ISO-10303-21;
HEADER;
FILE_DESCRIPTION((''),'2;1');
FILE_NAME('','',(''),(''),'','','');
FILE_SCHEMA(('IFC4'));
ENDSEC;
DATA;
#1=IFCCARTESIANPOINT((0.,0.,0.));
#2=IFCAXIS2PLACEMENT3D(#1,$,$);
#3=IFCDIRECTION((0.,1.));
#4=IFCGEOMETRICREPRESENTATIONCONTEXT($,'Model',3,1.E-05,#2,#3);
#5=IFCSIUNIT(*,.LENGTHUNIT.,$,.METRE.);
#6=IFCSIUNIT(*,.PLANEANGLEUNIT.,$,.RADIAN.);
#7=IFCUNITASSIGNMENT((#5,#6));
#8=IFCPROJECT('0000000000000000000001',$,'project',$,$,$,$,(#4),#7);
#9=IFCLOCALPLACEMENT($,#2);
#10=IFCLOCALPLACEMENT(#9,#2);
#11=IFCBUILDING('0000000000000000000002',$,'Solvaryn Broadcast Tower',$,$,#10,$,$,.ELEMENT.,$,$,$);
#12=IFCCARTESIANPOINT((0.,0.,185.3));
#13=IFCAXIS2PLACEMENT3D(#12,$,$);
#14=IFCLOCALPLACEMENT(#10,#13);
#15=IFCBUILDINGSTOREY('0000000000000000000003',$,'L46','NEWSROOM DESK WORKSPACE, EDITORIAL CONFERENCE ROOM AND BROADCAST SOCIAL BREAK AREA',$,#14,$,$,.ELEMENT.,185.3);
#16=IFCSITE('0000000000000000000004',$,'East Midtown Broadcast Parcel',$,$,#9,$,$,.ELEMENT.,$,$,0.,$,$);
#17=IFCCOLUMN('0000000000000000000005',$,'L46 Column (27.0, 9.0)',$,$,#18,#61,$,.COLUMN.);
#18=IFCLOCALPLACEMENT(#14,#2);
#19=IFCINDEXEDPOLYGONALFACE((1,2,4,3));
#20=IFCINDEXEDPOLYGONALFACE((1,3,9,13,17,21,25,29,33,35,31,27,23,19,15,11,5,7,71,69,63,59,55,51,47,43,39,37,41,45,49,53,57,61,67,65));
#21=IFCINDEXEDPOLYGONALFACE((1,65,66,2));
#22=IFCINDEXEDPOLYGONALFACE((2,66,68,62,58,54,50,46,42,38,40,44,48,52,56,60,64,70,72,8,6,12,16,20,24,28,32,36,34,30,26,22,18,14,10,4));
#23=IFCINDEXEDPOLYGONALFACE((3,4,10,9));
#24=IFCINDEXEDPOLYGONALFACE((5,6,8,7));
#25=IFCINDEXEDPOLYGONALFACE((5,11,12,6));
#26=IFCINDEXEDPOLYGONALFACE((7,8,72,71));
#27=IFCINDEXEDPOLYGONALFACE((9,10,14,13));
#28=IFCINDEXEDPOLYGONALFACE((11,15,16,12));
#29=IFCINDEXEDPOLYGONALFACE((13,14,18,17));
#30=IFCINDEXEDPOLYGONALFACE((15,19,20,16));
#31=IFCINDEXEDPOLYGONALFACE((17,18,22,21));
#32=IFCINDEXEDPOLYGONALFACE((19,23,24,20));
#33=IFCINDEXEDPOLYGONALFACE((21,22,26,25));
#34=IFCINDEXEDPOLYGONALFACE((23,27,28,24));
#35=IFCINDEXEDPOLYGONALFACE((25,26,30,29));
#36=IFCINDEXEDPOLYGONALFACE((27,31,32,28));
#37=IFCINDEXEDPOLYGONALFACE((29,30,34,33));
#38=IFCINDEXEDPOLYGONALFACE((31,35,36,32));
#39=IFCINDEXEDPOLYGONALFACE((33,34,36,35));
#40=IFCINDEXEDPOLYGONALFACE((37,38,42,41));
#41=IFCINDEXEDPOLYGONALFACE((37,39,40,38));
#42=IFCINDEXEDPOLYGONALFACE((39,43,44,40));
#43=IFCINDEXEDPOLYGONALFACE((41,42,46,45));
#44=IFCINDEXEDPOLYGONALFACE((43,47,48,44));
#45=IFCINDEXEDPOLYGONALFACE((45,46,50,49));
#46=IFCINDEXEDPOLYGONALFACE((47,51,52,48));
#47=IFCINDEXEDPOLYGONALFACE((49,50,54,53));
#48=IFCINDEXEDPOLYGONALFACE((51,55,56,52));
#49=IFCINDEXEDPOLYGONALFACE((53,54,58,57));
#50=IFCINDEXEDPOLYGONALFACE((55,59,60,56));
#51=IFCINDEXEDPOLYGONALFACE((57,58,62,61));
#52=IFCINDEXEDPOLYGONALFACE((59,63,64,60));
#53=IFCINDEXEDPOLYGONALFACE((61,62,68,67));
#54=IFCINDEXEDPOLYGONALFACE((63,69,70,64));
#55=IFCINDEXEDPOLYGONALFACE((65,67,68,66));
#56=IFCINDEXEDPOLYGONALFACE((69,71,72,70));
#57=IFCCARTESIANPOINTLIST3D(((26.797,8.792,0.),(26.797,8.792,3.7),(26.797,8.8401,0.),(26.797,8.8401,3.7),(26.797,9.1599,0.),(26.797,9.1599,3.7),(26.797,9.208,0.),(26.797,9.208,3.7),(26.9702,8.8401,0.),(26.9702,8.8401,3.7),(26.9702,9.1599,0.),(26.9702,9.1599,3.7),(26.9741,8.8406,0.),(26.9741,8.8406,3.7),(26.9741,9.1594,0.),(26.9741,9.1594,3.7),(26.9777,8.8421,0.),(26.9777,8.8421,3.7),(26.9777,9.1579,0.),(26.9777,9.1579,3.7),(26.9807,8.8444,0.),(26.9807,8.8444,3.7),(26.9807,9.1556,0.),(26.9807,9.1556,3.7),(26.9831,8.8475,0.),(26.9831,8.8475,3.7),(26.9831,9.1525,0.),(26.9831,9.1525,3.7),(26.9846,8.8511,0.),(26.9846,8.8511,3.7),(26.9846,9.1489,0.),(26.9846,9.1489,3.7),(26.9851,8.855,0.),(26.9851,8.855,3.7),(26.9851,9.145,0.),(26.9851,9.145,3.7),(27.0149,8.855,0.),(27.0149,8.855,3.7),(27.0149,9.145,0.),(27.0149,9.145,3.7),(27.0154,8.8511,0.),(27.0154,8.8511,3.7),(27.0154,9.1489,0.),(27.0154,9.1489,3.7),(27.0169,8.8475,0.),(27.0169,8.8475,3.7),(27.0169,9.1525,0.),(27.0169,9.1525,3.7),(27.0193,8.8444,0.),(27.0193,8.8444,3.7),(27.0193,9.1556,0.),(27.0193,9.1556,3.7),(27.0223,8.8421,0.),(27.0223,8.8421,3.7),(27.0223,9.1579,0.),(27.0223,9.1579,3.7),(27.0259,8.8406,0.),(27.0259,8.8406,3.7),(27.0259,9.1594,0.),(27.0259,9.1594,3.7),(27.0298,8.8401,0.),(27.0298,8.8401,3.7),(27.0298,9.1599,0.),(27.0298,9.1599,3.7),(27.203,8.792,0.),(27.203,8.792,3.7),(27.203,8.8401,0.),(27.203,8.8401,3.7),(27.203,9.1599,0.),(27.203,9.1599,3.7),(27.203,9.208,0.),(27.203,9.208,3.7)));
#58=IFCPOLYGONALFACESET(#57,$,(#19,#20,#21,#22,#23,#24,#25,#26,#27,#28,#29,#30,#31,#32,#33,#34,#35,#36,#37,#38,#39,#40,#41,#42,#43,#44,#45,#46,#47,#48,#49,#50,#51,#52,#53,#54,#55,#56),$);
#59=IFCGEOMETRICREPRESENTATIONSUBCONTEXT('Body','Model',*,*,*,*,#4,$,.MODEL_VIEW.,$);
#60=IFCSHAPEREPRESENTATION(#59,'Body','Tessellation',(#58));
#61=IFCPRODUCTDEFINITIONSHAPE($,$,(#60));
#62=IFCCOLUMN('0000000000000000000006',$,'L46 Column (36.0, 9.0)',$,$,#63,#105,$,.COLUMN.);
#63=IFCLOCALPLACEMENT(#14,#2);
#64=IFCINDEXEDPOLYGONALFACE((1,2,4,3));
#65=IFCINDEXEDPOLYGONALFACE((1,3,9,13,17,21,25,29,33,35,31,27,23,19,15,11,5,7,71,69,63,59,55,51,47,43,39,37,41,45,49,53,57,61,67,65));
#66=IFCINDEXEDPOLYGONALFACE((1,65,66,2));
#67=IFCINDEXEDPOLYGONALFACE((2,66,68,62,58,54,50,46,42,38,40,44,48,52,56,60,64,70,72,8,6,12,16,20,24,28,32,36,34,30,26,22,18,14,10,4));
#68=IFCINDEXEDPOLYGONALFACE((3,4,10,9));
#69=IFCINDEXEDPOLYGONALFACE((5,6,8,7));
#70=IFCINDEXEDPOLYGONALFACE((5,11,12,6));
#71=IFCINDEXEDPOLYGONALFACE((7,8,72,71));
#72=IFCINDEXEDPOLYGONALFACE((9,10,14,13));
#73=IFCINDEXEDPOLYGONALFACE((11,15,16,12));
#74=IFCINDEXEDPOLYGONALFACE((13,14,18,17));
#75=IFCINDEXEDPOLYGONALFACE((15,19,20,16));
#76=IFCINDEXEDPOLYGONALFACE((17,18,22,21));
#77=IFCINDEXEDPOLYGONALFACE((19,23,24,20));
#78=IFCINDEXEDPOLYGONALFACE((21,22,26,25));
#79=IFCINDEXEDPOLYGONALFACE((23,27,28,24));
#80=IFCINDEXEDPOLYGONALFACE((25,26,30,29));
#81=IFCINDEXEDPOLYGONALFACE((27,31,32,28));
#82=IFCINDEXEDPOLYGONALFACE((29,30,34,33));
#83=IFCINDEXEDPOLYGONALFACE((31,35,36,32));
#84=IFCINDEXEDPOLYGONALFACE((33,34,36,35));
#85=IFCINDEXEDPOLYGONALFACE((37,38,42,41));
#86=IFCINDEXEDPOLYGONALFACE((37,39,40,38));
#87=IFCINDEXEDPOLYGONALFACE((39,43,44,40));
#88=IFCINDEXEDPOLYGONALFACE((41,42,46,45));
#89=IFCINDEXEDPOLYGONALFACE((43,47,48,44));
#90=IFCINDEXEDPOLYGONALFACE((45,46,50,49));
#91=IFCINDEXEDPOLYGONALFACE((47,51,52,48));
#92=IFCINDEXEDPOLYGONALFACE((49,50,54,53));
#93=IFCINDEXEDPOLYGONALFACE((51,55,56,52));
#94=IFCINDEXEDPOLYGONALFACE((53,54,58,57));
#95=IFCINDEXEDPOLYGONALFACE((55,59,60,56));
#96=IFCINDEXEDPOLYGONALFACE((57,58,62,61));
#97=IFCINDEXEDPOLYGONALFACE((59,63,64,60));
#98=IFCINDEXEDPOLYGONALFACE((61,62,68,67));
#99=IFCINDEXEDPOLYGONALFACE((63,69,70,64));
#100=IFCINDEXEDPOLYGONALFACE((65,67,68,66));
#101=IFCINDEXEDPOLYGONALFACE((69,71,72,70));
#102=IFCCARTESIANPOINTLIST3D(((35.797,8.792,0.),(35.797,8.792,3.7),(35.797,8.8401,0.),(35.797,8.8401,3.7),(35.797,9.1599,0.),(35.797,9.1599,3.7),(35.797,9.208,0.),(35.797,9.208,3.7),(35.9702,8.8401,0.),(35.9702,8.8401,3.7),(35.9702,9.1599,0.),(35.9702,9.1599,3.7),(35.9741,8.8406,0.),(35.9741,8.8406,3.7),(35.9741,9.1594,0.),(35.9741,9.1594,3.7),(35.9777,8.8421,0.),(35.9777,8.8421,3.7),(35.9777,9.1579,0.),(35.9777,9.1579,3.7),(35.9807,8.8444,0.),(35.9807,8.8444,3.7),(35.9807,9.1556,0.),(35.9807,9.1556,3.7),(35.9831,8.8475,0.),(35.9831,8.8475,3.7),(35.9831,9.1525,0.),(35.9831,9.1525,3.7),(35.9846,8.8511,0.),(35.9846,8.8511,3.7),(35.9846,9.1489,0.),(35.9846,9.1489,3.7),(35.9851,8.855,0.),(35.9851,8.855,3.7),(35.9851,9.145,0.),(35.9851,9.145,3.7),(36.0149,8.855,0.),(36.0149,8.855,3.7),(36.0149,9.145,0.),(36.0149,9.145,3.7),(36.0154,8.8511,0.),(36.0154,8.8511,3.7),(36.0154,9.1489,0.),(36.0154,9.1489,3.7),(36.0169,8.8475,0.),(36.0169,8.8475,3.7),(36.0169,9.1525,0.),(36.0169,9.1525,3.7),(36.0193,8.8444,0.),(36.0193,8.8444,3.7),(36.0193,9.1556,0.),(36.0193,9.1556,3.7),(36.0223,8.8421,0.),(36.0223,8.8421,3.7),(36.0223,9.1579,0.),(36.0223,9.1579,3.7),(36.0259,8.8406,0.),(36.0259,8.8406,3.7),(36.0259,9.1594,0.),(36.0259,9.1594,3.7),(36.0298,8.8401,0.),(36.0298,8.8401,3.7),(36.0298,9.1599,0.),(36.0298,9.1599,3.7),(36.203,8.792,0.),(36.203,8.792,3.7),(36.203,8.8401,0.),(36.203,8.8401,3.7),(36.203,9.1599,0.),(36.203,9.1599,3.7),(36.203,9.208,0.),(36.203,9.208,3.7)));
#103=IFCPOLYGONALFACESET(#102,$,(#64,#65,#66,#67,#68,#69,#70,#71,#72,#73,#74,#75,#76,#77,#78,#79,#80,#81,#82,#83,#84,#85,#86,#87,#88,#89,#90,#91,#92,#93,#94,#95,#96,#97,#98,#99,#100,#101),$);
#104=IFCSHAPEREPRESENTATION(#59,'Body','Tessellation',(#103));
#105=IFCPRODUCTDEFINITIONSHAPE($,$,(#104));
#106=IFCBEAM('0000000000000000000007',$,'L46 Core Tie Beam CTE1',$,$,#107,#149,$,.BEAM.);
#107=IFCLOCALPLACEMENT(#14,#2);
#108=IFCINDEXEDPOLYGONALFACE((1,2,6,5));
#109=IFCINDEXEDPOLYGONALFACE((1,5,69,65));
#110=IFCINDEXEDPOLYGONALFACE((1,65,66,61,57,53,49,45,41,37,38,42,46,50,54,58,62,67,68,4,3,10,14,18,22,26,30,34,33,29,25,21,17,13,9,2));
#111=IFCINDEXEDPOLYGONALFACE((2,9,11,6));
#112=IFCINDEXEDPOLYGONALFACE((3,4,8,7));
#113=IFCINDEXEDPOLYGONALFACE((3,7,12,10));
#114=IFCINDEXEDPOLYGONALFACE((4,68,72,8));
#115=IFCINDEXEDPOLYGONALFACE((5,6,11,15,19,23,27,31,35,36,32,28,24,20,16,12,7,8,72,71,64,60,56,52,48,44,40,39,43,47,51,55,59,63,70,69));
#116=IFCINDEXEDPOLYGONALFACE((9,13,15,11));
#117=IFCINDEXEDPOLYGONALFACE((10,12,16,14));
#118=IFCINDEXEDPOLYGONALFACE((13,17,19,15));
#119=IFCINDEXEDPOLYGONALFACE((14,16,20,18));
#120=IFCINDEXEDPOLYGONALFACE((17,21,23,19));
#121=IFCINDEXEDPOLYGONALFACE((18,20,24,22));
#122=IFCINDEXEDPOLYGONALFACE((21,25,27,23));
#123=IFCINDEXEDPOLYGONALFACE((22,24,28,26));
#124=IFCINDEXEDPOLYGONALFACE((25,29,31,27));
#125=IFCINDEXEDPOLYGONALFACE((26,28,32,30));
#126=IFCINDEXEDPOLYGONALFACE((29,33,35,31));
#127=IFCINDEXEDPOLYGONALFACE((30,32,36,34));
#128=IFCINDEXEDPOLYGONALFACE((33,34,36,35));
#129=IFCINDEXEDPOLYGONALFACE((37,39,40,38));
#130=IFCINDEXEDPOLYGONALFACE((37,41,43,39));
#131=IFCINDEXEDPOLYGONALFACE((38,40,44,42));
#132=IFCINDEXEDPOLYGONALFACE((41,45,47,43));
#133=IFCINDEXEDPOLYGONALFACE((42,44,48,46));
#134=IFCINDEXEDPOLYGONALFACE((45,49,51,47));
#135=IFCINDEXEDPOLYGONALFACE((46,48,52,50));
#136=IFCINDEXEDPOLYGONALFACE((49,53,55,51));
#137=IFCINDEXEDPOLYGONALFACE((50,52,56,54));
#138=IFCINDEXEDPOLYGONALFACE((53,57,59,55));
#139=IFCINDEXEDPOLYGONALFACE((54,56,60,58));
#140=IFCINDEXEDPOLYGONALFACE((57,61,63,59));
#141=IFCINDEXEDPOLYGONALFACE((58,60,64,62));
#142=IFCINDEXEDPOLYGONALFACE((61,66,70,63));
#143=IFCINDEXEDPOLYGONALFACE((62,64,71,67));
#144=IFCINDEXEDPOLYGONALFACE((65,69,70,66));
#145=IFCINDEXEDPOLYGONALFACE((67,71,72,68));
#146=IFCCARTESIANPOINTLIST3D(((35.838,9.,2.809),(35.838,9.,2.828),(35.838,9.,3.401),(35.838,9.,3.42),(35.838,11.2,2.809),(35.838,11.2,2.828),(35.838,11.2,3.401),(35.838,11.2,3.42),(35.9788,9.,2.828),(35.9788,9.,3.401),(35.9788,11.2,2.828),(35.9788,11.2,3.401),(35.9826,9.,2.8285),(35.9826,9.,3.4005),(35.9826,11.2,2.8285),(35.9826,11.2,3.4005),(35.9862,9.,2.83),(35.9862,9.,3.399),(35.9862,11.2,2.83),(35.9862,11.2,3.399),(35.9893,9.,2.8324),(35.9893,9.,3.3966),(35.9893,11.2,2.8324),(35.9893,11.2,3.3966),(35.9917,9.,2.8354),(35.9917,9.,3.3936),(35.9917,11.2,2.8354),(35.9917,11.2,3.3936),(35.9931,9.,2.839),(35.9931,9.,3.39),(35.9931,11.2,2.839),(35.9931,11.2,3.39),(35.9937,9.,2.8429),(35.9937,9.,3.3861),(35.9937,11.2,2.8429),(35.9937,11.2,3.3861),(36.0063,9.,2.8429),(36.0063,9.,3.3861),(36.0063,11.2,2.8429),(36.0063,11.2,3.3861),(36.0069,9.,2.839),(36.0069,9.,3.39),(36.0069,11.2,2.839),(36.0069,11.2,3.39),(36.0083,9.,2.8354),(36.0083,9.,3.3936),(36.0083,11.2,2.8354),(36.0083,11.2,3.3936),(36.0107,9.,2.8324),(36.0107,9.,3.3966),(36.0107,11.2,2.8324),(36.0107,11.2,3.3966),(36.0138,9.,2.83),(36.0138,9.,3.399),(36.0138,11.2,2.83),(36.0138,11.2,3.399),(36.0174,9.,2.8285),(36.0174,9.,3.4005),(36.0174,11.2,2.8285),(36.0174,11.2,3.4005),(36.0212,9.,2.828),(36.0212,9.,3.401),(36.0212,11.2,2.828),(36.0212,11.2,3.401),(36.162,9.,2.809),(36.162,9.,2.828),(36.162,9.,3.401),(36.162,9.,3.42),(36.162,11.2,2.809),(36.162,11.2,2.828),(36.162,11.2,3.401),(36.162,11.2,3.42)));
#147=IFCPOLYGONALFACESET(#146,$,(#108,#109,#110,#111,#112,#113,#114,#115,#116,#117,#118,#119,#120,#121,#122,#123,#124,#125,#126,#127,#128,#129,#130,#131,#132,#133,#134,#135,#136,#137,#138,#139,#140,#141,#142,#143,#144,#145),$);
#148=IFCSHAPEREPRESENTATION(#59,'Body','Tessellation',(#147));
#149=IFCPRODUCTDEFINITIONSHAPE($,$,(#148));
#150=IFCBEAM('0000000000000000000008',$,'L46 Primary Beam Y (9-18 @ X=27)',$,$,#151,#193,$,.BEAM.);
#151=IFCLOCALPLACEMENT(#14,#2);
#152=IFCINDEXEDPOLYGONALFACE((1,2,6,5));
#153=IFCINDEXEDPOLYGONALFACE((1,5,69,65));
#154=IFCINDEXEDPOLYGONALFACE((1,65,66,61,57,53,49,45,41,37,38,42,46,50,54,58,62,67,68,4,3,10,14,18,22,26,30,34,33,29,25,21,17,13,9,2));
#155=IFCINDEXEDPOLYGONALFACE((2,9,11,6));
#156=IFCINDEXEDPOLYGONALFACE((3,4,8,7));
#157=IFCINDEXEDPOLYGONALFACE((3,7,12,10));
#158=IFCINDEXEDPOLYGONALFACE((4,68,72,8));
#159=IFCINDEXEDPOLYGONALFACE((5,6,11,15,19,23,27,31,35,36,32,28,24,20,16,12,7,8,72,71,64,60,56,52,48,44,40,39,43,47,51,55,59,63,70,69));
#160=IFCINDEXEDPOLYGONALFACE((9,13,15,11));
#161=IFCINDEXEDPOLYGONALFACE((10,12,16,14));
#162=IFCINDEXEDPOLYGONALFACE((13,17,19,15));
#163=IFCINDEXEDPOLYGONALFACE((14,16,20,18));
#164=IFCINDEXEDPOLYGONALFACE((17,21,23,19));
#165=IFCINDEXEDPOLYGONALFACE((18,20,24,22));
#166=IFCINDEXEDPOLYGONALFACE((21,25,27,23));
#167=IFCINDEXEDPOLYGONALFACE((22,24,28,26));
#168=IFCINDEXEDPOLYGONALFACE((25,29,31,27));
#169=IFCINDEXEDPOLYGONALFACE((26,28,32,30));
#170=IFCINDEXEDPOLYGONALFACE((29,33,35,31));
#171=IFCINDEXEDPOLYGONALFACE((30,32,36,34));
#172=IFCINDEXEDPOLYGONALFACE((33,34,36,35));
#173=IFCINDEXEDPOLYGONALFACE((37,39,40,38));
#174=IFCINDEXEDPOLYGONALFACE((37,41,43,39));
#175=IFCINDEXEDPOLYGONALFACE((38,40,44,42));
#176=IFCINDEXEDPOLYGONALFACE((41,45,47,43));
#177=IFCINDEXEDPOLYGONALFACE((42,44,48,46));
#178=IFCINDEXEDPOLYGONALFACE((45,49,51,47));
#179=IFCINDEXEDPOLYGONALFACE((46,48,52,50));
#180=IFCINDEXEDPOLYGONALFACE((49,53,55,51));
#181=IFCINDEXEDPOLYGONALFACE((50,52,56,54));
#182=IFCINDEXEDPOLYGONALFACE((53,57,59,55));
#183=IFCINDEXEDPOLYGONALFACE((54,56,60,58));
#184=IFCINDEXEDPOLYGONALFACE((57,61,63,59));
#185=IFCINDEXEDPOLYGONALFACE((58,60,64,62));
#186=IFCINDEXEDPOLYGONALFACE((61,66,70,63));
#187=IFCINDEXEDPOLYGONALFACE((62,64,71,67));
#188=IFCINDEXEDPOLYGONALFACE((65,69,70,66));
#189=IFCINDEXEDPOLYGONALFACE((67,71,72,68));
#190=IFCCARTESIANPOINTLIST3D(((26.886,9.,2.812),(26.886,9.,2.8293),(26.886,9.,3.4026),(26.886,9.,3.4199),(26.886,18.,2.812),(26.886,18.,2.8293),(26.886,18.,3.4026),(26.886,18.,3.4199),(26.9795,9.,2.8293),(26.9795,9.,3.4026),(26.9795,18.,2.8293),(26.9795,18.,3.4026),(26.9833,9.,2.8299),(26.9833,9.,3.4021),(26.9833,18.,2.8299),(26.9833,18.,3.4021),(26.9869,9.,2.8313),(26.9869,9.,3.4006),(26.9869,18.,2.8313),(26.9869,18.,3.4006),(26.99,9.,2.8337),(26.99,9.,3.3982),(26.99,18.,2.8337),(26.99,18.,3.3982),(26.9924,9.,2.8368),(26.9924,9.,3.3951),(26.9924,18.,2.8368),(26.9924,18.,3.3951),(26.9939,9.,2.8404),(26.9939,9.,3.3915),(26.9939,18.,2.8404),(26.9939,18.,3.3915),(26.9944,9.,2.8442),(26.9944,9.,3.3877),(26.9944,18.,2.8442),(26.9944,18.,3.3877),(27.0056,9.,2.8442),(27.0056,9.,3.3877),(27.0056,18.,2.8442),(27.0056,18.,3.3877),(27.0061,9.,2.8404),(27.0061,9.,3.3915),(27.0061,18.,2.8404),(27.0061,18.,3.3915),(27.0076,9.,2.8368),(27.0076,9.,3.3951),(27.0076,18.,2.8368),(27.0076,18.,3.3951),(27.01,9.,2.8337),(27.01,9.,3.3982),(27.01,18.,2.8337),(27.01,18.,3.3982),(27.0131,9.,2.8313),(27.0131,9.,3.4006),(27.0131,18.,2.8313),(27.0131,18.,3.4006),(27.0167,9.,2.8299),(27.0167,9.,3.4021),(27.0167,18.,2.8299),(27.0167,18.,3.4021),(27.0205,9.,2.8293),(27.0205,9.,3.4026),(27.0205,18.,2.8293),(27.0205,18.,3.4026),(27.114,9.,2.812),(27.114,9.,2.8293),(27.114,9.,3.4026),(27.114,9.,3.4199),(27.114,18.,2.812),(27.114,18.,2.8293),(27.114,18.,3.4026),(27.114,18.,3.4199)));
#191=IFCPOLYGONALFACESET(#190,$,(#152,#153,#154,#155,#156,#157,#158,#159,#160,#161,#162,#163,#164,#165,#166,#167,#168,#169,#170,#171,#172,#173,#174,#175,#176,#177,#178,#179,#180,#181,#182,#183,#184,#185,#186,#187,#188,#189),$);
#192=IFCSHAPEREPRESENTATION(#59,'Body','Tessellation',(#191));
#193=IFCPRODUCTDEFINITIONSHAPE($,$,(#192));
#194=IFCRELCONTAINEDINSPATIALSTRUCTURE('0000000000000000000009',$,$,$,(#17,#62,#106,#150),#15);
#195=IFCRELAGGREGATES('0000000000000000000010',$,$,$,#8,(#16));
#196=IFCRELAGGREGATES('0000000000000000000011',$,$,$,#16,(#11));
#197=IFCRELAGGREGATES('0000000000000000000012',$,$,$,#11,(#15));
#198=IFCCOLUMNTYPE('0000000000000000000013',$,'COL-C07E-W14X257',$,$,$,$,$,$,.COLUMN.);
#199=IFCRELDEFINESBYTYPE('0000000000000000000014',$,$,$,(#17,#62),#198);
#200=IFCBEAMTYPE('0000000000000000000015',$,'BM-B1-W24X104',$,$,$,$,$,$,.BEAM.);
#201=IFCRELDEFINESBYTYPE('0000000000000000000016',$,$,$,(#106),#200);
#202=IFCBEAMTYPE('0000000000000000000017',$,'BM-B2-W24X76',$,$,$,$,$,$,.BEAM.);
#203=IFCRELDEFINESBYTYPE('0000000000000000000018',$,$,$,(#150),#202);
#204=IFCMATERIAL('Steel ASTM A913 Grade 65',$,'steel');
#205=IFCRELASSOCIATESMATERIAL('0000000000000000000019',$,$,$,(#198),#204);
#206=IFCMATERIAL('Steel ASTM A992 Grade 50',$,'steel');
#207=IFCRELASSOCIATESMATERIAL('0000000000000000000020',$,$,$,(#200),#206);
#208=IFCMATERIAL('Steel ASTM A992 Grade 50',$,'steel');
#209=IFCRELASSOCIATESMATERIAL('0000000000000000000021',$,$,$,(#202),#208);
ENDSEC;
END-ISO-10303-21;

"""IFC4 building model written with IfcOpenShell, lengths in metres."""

from ifc_helpers import new_model, si_unit, direction, frame, origin, origin_2d, place, context, subcontext, project, spatial, i_section, extrude, material, material_profile, profile_set, type_object, element, save


model = new_model("IFC4")

# Units and contexts
model_context = context("Model", 3, precision=1e-05, world=origin(), true_north=direction((0.0, 1.0)))
body_context = subcontext(model_context, "Body", "Model", "MODEL_VIEW")
ifc_project = project(units=[si_unit("LENGTHUNIT", "METRE"), si_unit("PLANEANGLEUNIT", "RADIAN")], contexts=[model_context])

# Site, building, storey
site_placement = place(None, origin())
site = spatial("IfcSite", under=ifc_project, at=site_placement, Name="East Midtown Broadcast Parcel", CompositionType="ELEMENT", RefElevation=0.0)
building_placement = place(site_placement, origin())
building = spatial("IfcBuilding", under=site, at=building_placement, Name="Solvaryn Broadcast Tower", CompositionType="ELEMENT")
storey_placement = place(building_placement, frame((0.0, 0.0, 185.3)))
storey = spatial("IfcBuildingStorey", under=building, at=storey_placement, Name="L46", Description="NEWSROOM DESK WORKSPACE, EDITORIAL CONFERENCE ROOM AND BROADCAST SOCIAL BREAK AREA", CompositionType="ELEMENT", Elevation=185.3)

# Columns
ifc_material_1 = material(Name="Steel ASTM A913 Grade 65", Category="steel")
ifc_material_profile_1 = material_profile(ifc_material_1, i_section(OverallWidth=0.406, OverallDepth=0.416, WebThickness=0.0298, FlangeThickness=0.0481, FilletRadius=0.0149, at=origin_2d()))
ifc_profile_set_1 = profile_set([ifc_material_profile_1], Name="Steel ASTM A913 Grade 65")
column_type = type_object("IfcColumnType", Name="COL-C07E-W14X257", PredefinedType="COLUMN", material=ifc_profile_set_1)
for number, where, z_axis, x_axis, name in (
    (1, (27.0, 9.0, 0.0), (0.0, 0.0, 1.0), (1.0, 0.0, 0.0), "L46 Column (27.0, 9.0)"),
    (2, (36.0, 9.0, 0.0), (0.0, 0.0, 1.0), (1.0, 0.0, 0.0), "L46 Column (36.0, 9.0)"),
):
    element("IfcColumn", number, at=place(storey_placement, frame(where, z_axis=z_axis, x_axis=x_axis)), inside=storey, type_object=column_type, Name=name, PredefinedType="COLUMN", context=body_context, shape_type="SweptSolid", body=[
        extrude(i_section(OverallWidth=0.406, OverallDepth=0.416, WebThickness=0.0298, FlangeThickness=0.0481, FilletRadius=0.0149, at=origin_2d()), origin(), (0.0, 0.0, 1.0), 3.7),
    ])

# Beams
ifc_material_2 = material(Name="Steel ASTM A992 Grade 50", Category="steel")
ifc_material_profile_2 = material_profile(ifc_material_2, i_section(OverallWidth=0.324, OverallDepth=0.6111, WebThickness=0.0127, FlangeThickness=0.019, FilletRadius=0.0149, at=origin_2d()))
ifc_profile_set_2 = profile_set([ifc_material_profile_2], Name="Steel ASTM A992 Grade 50")
beam_type_1 = type_object("IfcBeamType", Name="BM-B1-W24X104", PredefinedType="BEAM", material=ifc_profile_set_2)
beam_1_placement = place(storey_placement, frame((36.0, 9.0, 3.1145), z_axis=(0.0, 1.0, 0.0), x_axis=(-1.0, 0.0, 0.0)))
element("IfcBeam", 3, at=beam_1_placement, inside=storey, type_object=beam_type_1, Name="L46 Core Tie Beam CTE1", PredefinedType="BEAM", context=body_context, shape_type="SweptSolid", body=[
    extrude(i_section(OverallWidth=0.324, OverallDepth=0.6111, WebThickness=0.0127, FlangeThickness=0.019, FilletRadius=0.0149, at=origin_2d()), origin(), (0.0, 0.0, 1.0), 2.2),
])
ifc_material_3 = material(Name="Steel ASTM A992 Grade 50", Category="steel")
ifc_material_profile_3 = material_profile(ifc_material_3, i_section(OverallWidth=0.228, OverallDepth=0.6079, WebThickness=0.0112, FlangeThickness=0.0173, FilletRadius=0.0149, at=origin_2d()))
ifc_profile_set_3 = profile_set([ifc_material_profile_3], Name="Steel ASTM A992 Grade 50")
beam_type_2 = type_object("IfcBeamType", Name="BM-B2-W24X76", PredefinedType="BEAM", material=ifc_profile_set_3)
beam_2_placement = place(storey_placement, frame((27.0, 9.0, 3.116), z_axis=(0.0, 1.0, 0.0), x_axis=(-1.0, 0.0, 0.0)))
element("IfcBeam", 4, at=beam_2_placement, inside=storey, type_object=beam_type_2, Name="L46 Primary Beam Y (9-18 @ X=27)", PredefinedType="BEAM", context=body_context, shape_type="SweptSolid", body=[
    extrude(i_section(OverallWidth=0.228, OverallDepth=0.6079, WebThickness=0.0112, FlangeThickness=0.0173, FilletRadius=0.0149, at=origin_2d()), origin(), (0.0, 0.0, 1.0), 9.0),
])

save(model, "model.ifc")
